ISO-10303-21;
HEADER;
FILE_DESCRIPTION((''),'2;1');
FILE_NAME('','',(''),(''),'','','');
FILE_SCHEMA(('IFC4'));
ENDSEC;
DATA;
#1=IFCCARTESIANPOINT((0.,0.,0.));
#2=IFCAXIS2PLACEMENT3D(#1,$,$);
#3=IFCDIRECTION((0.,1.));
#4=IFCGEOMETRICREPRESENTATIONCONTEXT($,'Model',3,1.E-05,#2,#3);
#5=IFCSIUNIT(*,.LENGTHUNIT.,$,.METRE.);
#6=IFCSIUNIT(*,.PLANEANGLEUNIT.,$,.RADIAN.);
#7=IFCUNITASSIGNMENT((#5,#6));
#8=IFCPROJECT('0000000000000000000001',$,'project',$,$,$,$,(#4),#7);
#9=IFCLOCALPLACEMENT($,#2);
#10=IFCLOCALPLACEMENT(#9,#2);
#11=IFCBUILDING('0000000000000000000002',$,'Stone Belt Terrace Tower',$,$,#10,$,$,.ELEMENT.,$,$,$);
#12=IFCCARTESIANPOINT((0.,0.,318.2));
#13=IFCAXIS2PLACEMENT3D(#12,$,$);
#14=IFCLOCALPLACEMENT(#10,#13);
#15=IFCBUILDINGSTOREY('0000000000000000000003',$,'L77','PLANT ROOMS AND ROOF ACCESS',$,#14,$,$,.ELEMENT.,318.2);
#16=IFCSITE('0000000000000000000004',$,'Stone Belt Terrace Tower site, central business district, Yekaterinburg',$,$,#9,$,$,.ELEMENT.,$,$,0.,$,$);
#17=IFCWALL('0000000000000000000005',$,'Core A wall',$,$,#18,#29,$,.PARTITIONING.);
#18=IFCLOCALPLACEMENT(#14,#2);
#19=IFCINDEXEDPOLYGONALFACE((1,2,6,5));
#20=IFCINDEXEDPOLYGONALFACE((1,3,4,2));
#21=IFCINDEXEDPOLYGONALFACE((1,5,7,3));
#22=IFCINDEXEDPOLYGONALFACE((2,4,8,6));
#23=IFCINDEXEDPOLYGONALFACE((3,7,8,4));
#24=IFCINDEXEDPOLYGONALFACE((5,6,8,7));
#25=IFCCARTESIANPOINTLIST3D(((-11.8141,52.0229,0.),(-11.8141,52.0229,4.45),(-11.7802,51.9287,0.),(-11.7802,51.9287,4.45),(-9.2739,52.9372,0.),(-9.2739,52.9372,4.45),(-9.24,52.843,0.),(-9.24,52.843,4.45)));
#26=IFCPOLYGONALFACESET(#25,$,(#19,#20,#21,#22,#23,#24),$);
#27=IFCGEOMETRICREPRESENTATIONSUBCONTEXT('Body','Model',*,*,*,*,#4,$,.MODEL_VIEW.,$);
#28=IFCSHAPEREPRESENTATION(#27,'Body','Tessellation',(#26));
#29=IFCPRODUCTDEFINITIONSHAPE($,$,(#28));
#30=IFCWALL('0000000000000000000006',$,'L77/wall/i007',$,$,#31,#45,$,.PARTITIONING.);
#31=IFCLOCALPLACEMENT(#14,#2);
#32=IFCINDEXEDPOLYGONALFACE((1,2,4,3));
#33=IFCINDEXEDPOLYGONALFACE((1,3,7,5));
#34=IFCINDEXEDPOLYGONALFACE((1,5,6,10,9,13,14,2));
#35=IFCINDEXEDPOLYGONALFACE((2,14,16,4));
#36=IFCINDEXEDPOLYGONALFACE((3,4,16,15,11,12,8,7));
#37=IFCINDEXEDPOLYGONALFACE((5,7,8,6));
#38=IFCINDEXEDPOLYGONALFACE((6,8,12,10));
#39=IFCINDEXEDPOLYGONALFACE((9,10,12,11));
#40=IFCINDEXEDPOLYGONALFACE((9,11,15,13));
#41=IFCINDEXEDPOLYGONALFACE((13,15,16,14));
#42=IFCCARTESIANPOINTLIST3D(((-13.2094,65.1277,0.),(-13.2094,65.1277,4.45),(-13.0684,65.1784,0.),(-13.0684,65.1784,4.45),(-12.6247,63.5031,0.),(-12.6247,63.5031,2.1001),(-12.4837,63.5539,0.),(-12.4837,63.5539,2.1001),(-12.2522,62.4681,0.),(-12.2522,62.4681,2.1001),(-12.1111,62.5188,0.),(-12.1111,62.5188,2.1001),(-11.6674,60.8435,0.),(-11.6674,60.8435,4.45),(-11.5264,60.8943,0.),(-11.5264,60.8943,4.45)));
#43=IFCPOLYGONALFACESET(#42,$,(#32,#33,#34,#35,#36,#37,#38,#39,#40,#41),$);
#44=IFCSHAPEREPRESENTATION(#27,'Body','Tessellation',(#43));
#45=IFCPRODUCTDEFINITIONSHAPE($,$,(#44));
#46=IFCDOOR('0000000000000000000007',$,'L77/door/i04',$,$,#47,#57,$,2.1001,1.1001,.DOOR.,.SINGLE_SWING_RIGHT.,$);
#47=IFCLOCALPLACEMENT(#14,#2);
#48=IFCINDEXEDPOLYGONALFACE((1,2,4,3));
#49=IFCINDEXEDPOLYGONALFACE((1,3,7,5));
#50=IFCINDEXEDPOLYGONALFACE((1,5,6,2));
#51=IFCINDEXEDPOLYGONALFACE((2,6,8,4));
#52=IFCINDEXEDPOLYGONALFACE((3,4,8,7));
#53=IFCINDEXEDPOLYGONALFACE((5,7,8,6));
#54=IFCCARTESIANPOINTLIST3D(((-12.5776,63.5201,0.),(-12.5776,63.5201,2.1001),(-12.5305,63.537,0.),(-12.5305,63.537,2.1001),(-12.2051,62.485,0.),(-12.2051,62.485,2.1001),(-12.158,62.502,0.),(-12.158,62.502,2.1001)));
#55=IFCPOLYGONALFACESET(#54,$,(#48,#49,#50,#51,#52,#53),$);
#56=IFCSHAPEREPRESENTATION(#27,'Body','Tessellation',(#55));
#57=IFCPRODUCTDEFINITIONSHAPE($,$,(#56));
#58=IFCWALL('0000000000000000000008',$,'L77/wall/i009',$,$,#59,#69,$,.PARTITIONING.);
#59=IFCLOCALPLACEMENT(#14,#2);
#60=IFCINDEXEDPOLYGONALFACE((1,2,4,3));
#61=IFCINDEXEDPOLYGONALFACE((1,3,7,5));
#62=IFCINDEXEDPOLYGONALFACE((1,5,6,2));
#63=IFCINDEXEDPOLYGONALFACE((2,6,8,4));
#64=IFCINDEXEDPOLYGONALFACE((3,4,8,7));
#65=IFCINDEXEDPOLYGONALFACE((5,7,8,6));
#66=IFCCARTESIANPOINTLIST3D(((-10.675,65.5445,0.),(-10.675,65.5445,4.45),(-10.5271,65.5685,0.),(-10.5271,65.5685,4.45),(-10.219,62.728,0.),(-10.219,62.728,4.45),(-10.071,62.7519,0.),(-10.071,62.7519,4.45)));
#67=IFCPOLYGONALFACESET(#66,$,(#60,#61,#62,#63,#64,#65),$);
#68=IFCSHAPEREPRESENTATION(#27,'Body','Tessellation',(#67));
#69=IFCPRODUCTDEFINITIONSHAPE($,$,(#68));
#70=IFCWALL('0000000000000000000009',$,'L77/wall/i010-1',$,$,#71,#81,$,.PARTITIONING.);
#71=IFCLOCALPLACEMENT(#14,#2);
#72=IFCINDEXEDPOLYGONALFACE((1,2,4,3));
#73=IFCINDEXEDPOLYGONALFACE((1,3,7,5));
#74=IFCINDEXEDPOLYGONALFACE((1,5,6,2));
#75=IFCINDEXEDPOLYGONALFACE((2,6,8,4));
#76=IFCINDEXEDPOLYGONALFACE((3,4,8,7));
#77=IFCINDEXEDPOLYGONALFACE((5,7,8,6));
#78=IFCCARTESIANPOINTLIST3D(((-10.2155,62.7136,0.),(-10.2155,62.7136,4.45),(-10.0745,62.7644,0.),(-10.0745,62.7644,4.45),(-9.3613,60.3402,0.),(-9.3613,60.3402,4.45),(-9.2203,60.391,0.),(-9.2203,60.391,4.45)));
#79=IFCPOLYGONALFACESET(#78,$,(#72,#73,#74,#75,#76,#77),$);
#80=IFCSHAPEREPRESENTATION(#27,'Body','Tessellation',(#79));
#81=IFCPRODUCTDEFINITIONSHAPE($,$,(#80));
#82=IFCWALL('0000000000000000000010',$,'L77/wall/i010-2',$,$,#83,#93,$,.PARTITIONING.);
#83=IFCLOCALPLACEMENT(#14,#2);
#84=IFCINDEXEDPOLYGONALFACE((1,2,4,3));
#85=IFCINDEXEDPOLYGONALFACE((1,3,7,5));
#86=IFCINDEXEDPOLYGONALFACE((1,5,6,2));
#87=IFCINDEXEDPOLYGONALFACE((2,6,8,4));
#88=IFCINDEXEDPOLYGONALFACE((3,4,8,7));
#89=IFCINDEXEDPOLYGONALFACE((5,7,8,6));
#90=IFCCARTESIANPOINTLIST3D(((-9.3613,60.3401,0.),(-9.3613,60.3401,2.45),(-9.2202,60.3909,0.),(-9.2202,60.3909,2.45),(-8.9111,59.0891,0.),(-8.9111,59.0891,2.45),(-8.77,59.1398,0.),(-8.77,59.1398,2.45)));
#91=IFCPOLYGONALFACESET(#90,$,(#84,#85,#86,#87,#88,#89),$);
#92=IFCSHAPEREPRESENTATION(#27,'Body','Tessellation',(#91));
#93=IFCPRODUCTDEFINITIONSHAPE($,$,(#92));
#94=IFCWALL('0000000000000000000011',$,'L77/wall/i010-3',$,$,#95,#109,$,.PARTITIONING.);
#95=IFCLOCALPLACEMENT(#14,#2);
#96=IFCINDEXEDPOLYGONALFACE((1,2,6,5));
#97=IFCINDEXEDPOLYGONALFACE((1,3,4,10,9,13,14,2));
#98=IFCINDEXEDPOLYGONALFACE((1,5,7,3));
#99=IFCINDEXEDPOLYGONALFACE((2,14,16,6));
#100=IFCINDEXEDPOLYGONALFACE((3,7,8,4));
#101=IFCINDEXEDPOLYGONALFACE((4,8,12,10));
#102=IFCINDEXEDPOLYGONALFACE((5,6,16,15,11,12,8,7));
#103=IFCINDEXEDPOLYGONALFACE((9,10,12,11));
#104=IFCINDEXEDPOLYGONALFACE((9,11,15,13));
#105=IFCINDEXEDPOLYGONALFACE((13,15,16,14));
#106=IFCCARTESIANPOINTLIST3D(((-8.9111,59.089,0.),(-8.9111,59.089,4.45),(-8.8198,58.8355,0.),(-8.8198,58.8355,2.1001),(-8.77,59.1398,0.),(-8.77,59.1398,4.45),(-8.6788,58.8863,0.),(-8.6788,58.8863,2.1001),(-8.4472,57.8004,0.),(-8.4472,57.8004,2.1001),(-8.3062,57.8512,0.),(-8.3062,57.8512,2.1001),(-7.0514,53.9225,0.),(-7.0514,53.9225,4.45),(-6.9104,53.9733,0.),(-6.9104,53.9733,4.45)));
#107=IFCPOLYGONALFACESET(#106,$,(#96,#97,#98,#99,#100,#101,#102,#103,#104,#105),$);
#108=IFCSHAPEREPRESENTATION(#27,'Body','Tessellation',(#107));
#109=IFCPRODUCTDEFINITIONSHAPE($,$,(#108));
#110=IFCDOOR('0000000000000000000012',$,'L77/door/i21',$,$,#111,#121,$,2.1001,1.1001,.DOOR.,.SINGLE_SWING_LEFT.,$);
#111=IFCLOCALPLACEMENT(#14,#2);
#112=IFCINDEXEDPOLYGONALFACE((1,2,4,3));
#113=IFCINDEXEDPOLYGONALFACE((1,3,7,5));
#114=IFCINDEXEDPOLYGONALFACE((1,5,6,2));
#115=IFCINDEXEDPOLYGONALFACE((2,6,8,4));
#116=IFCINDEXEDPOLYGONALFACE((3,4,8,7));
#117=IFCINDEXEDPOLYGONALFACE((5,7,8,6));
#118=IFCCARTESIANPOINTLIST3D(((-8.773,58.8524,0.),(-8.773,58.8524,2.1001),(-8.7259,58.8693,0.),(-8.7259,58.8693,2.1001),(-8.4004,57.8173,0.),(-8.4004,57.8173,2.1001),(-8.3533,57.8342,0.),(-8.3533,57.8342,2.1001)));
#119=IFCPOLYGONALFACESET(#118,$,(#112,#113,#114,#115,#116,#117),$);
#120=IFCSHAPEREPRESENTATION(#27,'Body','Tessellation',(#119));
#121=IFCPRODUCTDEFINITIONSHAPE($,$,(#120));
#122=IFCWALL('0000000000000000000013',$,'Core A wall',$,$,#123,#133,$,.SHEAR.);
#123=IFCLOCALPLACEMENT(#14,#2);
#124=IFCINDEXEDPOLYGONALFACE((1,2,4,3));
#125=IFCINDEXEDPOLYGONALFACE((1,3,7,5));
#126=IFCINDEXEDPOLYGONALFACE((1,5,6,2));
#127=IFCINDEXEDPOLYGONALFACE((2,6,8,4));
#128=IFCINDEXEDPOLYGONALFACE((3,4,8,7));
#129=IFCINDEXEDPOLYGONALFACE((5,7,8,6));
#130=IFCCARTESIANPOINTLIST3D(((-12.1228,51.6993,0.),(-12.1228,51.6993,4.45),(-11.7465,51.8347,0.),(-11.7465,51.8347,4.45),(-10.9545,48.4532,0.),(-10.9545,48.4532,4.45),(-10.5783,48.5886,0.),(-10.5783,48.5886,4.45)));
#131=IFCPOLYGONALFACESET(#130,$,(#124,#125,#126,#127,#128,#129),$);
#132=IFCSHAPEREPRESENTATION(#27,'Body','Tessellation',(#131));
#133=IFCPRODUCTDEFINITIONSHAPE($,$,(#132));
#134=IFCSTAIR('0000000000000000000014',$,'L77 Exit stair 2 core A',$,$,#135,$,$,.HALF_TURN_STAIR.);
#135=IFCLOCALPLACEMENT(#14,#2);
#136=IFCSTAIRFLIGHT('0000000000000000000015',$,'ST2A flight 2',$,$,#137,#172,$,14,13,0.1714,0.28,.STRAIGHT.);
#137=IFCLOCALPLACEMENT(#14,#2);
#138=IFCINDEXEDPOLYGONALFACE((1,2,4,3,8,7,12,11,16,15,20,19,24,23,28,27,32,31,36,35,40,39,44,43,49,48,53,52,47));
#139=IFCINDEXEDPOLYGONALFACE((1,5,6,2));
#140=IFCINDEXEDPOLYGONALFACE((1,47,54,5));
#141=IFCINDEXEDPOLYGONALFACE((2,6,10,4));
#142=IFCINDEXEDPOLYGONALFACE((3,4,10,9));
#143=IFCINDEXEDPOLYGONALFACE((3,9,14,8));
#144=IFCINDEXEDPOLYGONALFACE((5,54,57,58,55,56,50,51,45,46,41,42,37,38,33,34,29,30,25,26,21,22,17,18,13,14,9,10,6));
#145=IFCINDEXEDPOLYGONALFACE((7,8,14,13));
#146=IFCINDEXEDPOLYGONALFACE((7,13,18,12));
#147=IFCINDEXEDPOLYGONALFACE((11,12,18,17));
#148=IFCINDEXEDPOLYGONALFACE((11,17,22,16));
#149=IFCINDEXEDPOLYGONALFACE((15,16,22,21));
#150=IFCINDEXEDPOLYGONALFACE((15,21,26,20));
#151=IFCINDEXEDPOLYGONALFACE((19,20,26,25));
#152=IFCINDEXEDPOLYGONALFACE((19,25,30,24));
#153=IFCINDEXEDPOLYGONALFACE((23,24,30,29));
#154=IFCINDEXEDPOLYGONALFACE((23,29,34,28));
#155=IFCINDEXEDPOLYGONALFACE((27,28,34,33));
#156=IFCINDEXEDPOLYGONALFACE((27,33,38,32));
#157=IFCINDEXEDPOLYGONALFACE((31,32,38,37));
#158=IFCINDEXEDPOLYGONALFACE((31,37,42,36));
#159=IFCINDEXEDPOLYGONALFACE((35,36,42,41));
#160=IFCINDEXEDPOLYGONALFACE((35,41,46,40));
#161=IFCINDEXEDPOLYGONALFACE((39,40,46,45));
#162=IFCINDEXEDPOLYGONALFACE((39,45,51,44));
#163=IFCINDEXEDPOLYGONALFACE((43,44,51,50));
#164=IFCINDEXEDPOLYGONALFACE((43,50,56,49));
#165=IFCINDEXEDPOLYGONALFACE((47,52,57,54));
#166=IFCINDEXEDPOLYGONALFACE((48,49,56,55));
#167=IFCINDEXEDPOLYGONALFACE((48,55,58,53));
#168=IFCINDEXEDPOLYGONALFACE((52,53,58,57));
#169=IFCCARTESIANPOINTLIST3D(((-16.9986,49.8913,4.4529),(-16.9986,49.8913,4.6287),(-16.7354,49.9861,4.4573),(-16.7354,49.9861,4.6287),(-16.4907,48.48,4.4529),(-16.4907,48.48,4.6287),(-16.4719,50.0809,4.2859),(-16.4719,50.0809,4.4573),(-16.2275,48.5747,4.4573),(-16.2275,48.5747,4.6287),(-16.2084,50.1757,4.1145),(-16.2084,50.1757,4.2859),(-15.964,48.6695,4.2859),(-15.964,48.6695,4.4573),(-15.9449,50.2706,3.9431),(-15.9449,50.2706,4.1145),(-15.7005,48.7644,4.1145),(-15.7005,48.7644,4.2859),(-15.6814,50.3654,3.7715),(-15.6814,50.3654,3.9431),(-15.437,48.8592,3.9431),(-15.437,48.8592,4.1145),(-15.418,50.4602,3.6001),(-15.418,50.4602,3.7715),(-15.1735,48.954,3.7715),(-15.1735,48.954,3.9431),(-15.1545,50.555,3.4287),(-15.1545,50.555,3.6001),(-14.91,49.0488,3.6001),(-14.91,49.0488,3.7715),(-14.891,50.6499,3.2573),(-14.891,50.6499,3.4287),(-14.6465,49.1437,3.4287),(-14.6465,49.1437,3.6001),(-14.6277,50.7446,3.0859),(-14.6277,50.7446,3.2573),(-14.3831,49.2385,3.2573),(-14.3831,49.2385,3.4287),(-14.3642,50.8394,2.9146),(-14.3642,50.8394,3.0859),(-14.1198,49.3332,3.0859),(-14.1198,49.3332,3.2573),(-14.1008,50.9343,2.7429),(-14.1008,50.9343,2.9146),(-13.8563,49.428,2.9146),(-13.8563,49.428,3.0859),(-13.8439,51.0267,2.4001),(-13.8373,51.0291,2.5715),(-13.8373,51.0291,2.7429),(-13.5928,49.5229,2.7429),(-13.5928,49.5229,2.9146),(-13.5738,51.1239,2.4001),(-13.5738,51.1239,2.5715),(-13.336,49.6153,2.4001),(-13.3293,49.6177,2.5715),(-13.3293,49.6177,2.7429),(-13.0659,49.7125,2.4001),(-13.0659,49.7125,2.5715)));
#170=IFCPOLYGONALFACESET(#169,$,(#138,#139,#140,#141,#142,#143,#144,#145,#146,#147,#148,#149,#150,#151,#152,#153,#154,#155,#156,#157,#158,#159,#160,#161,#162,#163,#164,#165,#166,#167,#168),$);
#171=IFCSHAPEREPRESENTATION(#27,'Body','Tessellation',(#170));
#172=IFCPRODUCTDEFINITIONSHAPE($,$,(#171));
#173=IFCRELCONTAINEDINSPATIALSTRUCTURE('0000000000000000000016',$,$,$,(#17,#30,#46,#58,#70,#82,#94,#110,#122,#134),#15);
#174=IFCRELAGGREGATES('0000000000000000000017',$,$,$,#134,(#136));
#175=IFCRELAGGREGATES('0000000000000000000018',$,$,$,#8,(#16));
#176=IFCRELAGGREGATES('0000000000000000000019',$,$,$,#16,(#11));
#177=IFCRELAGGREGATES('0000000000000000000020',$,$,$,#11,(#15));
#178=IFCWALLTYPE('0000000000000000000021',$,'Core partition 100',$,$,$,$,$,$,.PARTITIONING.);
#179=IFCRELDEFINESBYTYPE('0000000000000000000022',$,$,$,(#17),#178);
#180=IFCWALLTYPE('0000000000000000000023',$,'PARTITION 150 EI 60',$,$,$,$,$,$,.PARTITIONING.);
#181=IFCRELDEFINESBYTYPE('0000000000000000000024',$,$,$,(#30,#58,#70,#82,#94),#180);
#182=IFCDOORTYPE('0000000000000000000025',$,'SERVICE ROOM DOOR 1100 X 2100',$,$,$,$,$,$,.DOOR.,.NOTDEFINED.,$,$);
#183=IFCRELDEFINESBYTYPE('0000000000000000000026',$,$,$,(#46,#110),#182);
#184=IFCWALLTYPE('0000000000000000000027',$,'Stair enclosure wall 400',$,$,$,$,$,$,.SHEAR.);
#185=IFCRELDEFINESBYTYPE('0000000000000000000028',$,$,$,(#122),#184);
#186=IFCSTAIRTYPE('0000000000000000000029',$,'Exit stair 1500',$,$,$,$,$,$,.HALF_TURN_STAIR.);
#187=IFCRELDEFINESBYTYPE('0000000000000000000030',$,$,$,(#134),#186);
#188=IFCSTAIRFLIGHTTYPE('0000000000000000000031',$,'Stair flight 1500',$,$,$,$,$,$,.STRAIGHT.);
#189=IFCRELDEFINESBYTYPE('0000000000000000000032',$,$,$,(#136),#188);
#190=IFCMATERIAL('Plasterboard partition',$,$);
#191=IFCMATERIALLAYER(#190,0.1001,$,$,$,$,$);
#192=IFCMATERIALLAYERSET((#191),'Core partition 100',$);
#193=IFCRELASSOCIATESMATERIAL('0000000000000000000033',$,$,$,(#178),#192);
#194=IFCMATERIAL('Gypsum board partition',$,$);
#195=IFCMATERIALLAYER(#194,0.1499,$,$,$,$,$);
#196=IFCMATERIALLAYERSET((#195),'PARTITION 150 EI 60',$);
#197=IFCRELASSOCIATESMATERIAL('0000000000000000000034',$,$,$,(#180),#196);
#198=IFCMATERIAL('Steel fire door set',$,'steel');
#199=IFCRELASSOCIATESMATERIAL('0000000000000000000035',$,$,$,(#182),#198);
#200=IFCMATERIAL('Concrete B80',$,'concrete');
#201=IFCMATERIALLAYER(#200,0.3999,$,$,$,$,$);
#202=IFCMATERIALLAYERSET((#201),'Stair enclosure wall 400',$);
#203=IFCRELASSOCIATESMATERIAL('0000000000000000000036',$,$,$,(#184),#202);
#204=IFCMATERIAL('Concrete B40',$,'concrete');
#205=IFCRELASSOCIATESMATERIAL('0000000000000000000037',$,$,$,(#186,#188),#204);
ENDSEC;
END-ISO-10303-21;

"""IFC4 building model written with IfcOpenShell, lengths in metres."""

from ifc_helpers import new_model, si_unit, direction, frame, frame_2d, origin, place, context, subcontext, project, spatial, polyline, rectangle, outline, extrude, material, layer, layer_set, type_object, element, fill, aggregate, save


model = new_model("IFC4")

# Units and contexts
model_context = context("Model", 3, precision=1e-05, world=origin(), true_north=direction((0.0, 1.0)))
body_context = subcontext(model_context, "Body", "Model", "MODEL_VIEW")
ifc_project = project(units=[si_unit("LENGTHUNIT", "METRE"), si_unit("PLANEANGLEUNIT", "RADIAN")], contexts=[model_context])

# Site, building, storey
site_placement = place(None, origin())
site = spatial("IfcSite", under=ifc_project, at=site_placement, Name="Stone Belt Terrace Tower site, central business district, Yekaterinburg", CompositionType="ELEMENT", RefElevation=0.0)
building_placement = place(site_placement, origin())
building = spatial("IfcBuilding", under=site, at=building_placement, Name="Stone Belt Terrace Tower", CompositionType="ELEMENT")
storey_placement = place(building_placement, frame((0.0, 0.0, 318.2)))
storey = spatial("IfcBuildingStorey", under=building, at=storey_placement, Name="L77", Description="PLANT ROOMS AND ROOF ACCESS", CompositionType="ELEMENT", Elevation=318.2)

# Shared definitions
ifc_material_1 = material(Name="Concrete B80", Category="concrete")

# Shared definitions
ifc_material_2 = material(Name="Plasterboard partition")
ifc_layer_1 = layer(ifc_material_2, 0.1001)
ifc_layer_set_1 = layer_set([ifc_layer_1], Name="Core partition 100")
wall_type_1 = type_object("IfcWallType", Name="Core partition 100", PredefinedType="PARTITIONING", material=ifc_layer_set_1)

# Wall
wall_1_placement = place(storey_placement, frame((-11.7971, 51.9758, 0.0), z_axis=(0.0, 0.0, 1.0), x_axis=(0.94091, 0.338655, 0.0)))
element("IfcWall", 1, at=wall_1_placement, inside=storey, type_object=wall_type_1, Name="Core A wall", PredefinedType="PARTITIONING", context=body_context, shape_type="SweptSolid", body=[
    extrude(rectangle(XDim=2.6997, YDim=0.1001, at=frame_2d((1.3499, 0.0))), origin(), (0.0, 0.0, 1.0), 4.45),
])

# Wall, opening, door
ifc_material_3 = material(Name="Gypsum board partition")
ifc_layer_2 = layer(ifc_material_3, 0.1499)
ifc_layer_set_2 = layer_set([ifc_layer_2], Name="PARTITION 150 EI 60")
wall_type_2 = type_object("IfcWallType", Name="PARTITION 150 EI 60", PredefinedType="PARTITIONING", material=ifc_layer_set_2)
wall_2_placement = place(storey_placement, frame((-11.5969, 60.8689, 0.0), z_axis=(0.0, 0.0, 1.0), x_axis=(-0.338659, 0.940909, 0.0)))
wall_2 = element("IfcWall", 2, at=wall_2_placement, inside=storey, type_object=wall_type_2, Name="L77/wall/i007", PredefinedType="PARTITIONING", context=body_context, shape_type="SweptSolid", body=[
    extrude(rectangle(XDim=4.5532, YDim=0.1499, at=frame_2d((2.2766, 0.0))), origin(), (0.0, 0.0, 1.0), 4.45),
])
opening_1_placement = place(wall_2_placement, frame((1.7266, 0.0, 0.0)))
opening_1 = element("IfcOpeningElement", 3, at=opening_1_placement, cuts=wall_2, PredefinedType="OPENING", context=body_context, shape_type="SweptSolid", body=[
    extrude(rectangle(XDim=1.1001, YDim=2.1001, at=frame_2d((0.55, 1.05))), frame((0.0, 0.085, 0.0), z_axis=(0.0, -1.0, 0.0), x_axis=(1.0, 0.0, 0.0)), (0.0, 0.0, 1.0), 0.1699),
])
ifc_material_4 = material(Name="Steel fire door set", Category="steel")
door_type_1 = type_object("IfcDoorType", Name="SERVICE ROOM DOOR 1100 X 2100", OperationType="NOTDEFINED", PredefinedType="DOOR", material=ifc_material_4)
door_1_placement = place(opening_1_placement, origin())
door_1 = element("IfcDoor", 4, at=door_1_placement, inside=storey, type_object=door_type_1, Name="L77/door/i04", OperationType="SINGLE_SWING_RIGHT", OverallHeight=2.1001, OverallWidth=1.1001, PredefinedType="DOOR", context=body_context, shape_type="SweptSolid", body=[
    extrude(rectangle(XDim=1.1001, YDim=2.1001, at=frame_2d((0.55, 1.05))), frame((0.0, 0.0249, 0.0), z_axis=(0.0, -1.0, 0.0), x_axis=(1.0, 0.0, 0.0)), (0.0, 0.0, 1.0), 0.05),
])
fill(opening_1, door_1)

# Walls
wall_3_placement = place(storey_placement, frame((-10.6011, 65.5566, 0.0), z_axis=(0.0, 0.0, 1.0), x_axis=(0.159832, -0.987144, 0.0)))
element("IfcWall", 5, at=wall_3_placement, inside=storey, type_object=wall_type_2, Name="L77/wall/i009", PredefinedType="PARTITIONING", context=body_context, shape_type="SweptSolid", body=[
    extrude(rectangle(XDim=2.8533, YDim=0.1499, at=frame_2d((1.4268, 0.0))), origin(), (0.0, 0.0, 1.0), 4.45),
])
wall_4_placement = place(storey_placement, frame((-10.145, 62.739, 0.0), z_axis=(0.0, 0.0, 1.0), x_axis=(0.338641, -0.940916, 0.0)))
element("IfcWall", 6, at=wall_4_placement, inside=storey, type_object=wall_type_2, Name="L77/wall/i010-1", PredefinedType="PARTITIONING", context=body_context, shape_type="SweptSolid", body=[
    extrude(rectangle(XDim=2.5225, YDim=0.1499, at=frame_2d((1.2612, 0.0))), origin(), (0.0, 0.0, 1.0), 4.45),
])
wall_5_placement = place(storey_placement, frame((-9.2908, 60.3655, 0.0), z_axis=(0.0, 0.0, 1.0), x_axis=(0.338615, -0.940925, 0.0)))
element("IfcWall", 7, at=wall_5_placement, inside=storey, type_object=wall_type_2, Name="L77/wall/i010-2", PredefinedType="PARTITIONING", context=body_context, shape_type="SweptSolid", body=[
    extrude(rectangle(XDim=1.3296, YDim=0.1499, at=frame_2d((0.6648, 0.0))), origin(), (0.0, 0.0, 1.0), 2.45),
])

# Wall, opening, door
wall_6_placement = place(storey_placement, frame((-8.8406, 59.1145, 0.0), z_axis=(0.0, 0.0, 1.0), x_axis=(0.338668, -0.940906, 0.0)))
wall_6 = element("IfcWall", 8, at=wall_6_placement, inside=storey, type_object=wall_type_2, Name="L77/wall/i010-3", PredefinedType="PARTITIONING", context=body_context, shape_type="SweptSolid", body=[
    extrude(rectangle(XDim=5.491, YDim=0.1499, at=frame_2d((2.7456, 0.0))), origin(), (0.0, 0.0, 1.0), 4.45),
])
opening_2_placement = place(wall_6_placement, frame((0.2695, 0.0, 0.0)))
opening_2 = element("IfcOpeningElement", 9, at=opening_2_placement, cuts=wall_6, PredefinedType="OPENING", context=body_context, shape_type="SweptSolid", body=[
    extrude(rectangle(XDim=1.1001, YDim=2.1001, at=frame_2d((0.55, 1.05))), frame((0.0, 0.085, 0.0), z_axis=(0.0, -1.0, 0.0), x_axis=(1.0, 0.0, 0.0)), (0.0, 0.0, 1.0), 0.1699),
])
door_2_placement = place(opening_2_placement, origin())
door_2 = element("IfcDoor", 10, at=door_2_placement, inside=storey, type_object=door_type_1, Name="L77/door/i21", OperationType="SINGLE_SWING_LEFT", OverallHeight=2.1001, OverallWidth=1.1001, PredefinedType="DOOR", context=body_context, shape_type="SweptSolid", body=[
    extrude(rectangle(XDim=1.1001, YDim=2.1001, at=frame_2d((0.55, 1.05))), frame((0.0, 0.0249, 0.0), z_axis=(0.0, -1.0, 0.0), x_axis=(1.0, 0.0, 0.0)), (0.0, 0.0, 1.0), 0.05),
])
fill(opening_2, door_2)

# Wall
ifc_layer_3 = layer(ifc_material_1, 0.3999)
ifc_layer_set_3 = layer_set([ifc_layer_3], Name="Stair enclosure wall 400")
wall_type_3 = type_object("IfcWallType", Name="Stair enclosure wall 400", PredefinedType="SHEAR", material=ifc_layer_set_3)
wall_7_placement = place(storey_placement, frame((-10.7664, 48.5208, 0.0), z_axis=(0.0, 0.0, 1.0), x_axis=(-0.338622, 0.940923, 0.0)))
element("IfcWall", 11, at=wall_7_placement, inside=storey, type_object=wall_type_3, Name="Core A wall", PredefinedType="SHEAR", context=body_context, shape_type="SweptSolid", body=[
    extrude(rectangle(XDim=3.45, YDim=0.3999, at=frame_2d((1.7251, 0.0))), origin(), (0.0, 0.0, 1.0), 4.45),
])

# Stair, stair flight
ifc_material_5 = material(Name="Concrete B40", Category="concrete")
stair_type = type_object("IfcStairType", Name="Exit stair 1500", PredefinedType="HALF_TURN_STAIR", material=ifc_material_5)
stair_placement = place(storey_placement, origin())
stair = element("IfcStair", 12, at=stair_placement, inside=storey, type_object=stair_type, Name="L77 Exit stair 2 core A", PredefinedType="HALF_TURN_STAIR")
stair_flight_type = type_object("IfcStairFlightType", Name="Stair flight 1500", PredefinedType="STRAIGHT", material=ifc_material_5)
stair_flight_placement = place(storey_placement, frame((-13.3198, 50.4182, 2.4001), z_axis=(0.0, 0.0, 1.0), x_axis=(-0.940922, -0.338624, 0.0)))
stair_flight = element("IfcStairFlight", 13, at=stair_flight_placement, type_object=stair_flight_type, Name="ST2A flight 2", NumberOfRisers=14, NumberOfTreads=13, PredefinedType="STRAIGHT", RiserHeight=0.1714, TreadLength=0.28, context=body_context, shape_type="SweptSolid", body=[
    extrude(outline(polyline([(0.0, 0.0), (0.0, 0.1714), (0.28, 0.1714), (0.28, 0.3428), (0.5601, 0.3428), (0.5601, 0.5144), (0.8401, 0.5144), (0.8401, 0.6858), (1.1201, 0.6858), (1.1201, 0.8572), (1.3999, 0.8572), (1.3999, 1.0286), (1.6799, 1.0286), (1.6799, 1.2), (1.96, 1.2), (1.96, 1.3713), (2.24, 1.3713), (2.24, 1.543), (2.52, 1.543), (2.52, 1.7144), (2.8, 1.7144), (2.8, 1.8857), (3.0801, 1.8857), (3.0801, 2.0571), (3.3601, 2.0571), (3.3601, 2.2285), (3.6399, 2.2285), (3.6399, 2.3999), (3.6399, 2.0527), (0.2871, 0.0), (0.0, 0.0)])), frame((0.0, 0.75, 0.0), z_axis=(0.0, -1.0, 0.0), x_axis=(1.0, 0.0, 0.0)), (0.0, 0.0, 1.0), 1.5),
])
aggregate(stair, [stair_flight])

save(model, "model.ifc")
